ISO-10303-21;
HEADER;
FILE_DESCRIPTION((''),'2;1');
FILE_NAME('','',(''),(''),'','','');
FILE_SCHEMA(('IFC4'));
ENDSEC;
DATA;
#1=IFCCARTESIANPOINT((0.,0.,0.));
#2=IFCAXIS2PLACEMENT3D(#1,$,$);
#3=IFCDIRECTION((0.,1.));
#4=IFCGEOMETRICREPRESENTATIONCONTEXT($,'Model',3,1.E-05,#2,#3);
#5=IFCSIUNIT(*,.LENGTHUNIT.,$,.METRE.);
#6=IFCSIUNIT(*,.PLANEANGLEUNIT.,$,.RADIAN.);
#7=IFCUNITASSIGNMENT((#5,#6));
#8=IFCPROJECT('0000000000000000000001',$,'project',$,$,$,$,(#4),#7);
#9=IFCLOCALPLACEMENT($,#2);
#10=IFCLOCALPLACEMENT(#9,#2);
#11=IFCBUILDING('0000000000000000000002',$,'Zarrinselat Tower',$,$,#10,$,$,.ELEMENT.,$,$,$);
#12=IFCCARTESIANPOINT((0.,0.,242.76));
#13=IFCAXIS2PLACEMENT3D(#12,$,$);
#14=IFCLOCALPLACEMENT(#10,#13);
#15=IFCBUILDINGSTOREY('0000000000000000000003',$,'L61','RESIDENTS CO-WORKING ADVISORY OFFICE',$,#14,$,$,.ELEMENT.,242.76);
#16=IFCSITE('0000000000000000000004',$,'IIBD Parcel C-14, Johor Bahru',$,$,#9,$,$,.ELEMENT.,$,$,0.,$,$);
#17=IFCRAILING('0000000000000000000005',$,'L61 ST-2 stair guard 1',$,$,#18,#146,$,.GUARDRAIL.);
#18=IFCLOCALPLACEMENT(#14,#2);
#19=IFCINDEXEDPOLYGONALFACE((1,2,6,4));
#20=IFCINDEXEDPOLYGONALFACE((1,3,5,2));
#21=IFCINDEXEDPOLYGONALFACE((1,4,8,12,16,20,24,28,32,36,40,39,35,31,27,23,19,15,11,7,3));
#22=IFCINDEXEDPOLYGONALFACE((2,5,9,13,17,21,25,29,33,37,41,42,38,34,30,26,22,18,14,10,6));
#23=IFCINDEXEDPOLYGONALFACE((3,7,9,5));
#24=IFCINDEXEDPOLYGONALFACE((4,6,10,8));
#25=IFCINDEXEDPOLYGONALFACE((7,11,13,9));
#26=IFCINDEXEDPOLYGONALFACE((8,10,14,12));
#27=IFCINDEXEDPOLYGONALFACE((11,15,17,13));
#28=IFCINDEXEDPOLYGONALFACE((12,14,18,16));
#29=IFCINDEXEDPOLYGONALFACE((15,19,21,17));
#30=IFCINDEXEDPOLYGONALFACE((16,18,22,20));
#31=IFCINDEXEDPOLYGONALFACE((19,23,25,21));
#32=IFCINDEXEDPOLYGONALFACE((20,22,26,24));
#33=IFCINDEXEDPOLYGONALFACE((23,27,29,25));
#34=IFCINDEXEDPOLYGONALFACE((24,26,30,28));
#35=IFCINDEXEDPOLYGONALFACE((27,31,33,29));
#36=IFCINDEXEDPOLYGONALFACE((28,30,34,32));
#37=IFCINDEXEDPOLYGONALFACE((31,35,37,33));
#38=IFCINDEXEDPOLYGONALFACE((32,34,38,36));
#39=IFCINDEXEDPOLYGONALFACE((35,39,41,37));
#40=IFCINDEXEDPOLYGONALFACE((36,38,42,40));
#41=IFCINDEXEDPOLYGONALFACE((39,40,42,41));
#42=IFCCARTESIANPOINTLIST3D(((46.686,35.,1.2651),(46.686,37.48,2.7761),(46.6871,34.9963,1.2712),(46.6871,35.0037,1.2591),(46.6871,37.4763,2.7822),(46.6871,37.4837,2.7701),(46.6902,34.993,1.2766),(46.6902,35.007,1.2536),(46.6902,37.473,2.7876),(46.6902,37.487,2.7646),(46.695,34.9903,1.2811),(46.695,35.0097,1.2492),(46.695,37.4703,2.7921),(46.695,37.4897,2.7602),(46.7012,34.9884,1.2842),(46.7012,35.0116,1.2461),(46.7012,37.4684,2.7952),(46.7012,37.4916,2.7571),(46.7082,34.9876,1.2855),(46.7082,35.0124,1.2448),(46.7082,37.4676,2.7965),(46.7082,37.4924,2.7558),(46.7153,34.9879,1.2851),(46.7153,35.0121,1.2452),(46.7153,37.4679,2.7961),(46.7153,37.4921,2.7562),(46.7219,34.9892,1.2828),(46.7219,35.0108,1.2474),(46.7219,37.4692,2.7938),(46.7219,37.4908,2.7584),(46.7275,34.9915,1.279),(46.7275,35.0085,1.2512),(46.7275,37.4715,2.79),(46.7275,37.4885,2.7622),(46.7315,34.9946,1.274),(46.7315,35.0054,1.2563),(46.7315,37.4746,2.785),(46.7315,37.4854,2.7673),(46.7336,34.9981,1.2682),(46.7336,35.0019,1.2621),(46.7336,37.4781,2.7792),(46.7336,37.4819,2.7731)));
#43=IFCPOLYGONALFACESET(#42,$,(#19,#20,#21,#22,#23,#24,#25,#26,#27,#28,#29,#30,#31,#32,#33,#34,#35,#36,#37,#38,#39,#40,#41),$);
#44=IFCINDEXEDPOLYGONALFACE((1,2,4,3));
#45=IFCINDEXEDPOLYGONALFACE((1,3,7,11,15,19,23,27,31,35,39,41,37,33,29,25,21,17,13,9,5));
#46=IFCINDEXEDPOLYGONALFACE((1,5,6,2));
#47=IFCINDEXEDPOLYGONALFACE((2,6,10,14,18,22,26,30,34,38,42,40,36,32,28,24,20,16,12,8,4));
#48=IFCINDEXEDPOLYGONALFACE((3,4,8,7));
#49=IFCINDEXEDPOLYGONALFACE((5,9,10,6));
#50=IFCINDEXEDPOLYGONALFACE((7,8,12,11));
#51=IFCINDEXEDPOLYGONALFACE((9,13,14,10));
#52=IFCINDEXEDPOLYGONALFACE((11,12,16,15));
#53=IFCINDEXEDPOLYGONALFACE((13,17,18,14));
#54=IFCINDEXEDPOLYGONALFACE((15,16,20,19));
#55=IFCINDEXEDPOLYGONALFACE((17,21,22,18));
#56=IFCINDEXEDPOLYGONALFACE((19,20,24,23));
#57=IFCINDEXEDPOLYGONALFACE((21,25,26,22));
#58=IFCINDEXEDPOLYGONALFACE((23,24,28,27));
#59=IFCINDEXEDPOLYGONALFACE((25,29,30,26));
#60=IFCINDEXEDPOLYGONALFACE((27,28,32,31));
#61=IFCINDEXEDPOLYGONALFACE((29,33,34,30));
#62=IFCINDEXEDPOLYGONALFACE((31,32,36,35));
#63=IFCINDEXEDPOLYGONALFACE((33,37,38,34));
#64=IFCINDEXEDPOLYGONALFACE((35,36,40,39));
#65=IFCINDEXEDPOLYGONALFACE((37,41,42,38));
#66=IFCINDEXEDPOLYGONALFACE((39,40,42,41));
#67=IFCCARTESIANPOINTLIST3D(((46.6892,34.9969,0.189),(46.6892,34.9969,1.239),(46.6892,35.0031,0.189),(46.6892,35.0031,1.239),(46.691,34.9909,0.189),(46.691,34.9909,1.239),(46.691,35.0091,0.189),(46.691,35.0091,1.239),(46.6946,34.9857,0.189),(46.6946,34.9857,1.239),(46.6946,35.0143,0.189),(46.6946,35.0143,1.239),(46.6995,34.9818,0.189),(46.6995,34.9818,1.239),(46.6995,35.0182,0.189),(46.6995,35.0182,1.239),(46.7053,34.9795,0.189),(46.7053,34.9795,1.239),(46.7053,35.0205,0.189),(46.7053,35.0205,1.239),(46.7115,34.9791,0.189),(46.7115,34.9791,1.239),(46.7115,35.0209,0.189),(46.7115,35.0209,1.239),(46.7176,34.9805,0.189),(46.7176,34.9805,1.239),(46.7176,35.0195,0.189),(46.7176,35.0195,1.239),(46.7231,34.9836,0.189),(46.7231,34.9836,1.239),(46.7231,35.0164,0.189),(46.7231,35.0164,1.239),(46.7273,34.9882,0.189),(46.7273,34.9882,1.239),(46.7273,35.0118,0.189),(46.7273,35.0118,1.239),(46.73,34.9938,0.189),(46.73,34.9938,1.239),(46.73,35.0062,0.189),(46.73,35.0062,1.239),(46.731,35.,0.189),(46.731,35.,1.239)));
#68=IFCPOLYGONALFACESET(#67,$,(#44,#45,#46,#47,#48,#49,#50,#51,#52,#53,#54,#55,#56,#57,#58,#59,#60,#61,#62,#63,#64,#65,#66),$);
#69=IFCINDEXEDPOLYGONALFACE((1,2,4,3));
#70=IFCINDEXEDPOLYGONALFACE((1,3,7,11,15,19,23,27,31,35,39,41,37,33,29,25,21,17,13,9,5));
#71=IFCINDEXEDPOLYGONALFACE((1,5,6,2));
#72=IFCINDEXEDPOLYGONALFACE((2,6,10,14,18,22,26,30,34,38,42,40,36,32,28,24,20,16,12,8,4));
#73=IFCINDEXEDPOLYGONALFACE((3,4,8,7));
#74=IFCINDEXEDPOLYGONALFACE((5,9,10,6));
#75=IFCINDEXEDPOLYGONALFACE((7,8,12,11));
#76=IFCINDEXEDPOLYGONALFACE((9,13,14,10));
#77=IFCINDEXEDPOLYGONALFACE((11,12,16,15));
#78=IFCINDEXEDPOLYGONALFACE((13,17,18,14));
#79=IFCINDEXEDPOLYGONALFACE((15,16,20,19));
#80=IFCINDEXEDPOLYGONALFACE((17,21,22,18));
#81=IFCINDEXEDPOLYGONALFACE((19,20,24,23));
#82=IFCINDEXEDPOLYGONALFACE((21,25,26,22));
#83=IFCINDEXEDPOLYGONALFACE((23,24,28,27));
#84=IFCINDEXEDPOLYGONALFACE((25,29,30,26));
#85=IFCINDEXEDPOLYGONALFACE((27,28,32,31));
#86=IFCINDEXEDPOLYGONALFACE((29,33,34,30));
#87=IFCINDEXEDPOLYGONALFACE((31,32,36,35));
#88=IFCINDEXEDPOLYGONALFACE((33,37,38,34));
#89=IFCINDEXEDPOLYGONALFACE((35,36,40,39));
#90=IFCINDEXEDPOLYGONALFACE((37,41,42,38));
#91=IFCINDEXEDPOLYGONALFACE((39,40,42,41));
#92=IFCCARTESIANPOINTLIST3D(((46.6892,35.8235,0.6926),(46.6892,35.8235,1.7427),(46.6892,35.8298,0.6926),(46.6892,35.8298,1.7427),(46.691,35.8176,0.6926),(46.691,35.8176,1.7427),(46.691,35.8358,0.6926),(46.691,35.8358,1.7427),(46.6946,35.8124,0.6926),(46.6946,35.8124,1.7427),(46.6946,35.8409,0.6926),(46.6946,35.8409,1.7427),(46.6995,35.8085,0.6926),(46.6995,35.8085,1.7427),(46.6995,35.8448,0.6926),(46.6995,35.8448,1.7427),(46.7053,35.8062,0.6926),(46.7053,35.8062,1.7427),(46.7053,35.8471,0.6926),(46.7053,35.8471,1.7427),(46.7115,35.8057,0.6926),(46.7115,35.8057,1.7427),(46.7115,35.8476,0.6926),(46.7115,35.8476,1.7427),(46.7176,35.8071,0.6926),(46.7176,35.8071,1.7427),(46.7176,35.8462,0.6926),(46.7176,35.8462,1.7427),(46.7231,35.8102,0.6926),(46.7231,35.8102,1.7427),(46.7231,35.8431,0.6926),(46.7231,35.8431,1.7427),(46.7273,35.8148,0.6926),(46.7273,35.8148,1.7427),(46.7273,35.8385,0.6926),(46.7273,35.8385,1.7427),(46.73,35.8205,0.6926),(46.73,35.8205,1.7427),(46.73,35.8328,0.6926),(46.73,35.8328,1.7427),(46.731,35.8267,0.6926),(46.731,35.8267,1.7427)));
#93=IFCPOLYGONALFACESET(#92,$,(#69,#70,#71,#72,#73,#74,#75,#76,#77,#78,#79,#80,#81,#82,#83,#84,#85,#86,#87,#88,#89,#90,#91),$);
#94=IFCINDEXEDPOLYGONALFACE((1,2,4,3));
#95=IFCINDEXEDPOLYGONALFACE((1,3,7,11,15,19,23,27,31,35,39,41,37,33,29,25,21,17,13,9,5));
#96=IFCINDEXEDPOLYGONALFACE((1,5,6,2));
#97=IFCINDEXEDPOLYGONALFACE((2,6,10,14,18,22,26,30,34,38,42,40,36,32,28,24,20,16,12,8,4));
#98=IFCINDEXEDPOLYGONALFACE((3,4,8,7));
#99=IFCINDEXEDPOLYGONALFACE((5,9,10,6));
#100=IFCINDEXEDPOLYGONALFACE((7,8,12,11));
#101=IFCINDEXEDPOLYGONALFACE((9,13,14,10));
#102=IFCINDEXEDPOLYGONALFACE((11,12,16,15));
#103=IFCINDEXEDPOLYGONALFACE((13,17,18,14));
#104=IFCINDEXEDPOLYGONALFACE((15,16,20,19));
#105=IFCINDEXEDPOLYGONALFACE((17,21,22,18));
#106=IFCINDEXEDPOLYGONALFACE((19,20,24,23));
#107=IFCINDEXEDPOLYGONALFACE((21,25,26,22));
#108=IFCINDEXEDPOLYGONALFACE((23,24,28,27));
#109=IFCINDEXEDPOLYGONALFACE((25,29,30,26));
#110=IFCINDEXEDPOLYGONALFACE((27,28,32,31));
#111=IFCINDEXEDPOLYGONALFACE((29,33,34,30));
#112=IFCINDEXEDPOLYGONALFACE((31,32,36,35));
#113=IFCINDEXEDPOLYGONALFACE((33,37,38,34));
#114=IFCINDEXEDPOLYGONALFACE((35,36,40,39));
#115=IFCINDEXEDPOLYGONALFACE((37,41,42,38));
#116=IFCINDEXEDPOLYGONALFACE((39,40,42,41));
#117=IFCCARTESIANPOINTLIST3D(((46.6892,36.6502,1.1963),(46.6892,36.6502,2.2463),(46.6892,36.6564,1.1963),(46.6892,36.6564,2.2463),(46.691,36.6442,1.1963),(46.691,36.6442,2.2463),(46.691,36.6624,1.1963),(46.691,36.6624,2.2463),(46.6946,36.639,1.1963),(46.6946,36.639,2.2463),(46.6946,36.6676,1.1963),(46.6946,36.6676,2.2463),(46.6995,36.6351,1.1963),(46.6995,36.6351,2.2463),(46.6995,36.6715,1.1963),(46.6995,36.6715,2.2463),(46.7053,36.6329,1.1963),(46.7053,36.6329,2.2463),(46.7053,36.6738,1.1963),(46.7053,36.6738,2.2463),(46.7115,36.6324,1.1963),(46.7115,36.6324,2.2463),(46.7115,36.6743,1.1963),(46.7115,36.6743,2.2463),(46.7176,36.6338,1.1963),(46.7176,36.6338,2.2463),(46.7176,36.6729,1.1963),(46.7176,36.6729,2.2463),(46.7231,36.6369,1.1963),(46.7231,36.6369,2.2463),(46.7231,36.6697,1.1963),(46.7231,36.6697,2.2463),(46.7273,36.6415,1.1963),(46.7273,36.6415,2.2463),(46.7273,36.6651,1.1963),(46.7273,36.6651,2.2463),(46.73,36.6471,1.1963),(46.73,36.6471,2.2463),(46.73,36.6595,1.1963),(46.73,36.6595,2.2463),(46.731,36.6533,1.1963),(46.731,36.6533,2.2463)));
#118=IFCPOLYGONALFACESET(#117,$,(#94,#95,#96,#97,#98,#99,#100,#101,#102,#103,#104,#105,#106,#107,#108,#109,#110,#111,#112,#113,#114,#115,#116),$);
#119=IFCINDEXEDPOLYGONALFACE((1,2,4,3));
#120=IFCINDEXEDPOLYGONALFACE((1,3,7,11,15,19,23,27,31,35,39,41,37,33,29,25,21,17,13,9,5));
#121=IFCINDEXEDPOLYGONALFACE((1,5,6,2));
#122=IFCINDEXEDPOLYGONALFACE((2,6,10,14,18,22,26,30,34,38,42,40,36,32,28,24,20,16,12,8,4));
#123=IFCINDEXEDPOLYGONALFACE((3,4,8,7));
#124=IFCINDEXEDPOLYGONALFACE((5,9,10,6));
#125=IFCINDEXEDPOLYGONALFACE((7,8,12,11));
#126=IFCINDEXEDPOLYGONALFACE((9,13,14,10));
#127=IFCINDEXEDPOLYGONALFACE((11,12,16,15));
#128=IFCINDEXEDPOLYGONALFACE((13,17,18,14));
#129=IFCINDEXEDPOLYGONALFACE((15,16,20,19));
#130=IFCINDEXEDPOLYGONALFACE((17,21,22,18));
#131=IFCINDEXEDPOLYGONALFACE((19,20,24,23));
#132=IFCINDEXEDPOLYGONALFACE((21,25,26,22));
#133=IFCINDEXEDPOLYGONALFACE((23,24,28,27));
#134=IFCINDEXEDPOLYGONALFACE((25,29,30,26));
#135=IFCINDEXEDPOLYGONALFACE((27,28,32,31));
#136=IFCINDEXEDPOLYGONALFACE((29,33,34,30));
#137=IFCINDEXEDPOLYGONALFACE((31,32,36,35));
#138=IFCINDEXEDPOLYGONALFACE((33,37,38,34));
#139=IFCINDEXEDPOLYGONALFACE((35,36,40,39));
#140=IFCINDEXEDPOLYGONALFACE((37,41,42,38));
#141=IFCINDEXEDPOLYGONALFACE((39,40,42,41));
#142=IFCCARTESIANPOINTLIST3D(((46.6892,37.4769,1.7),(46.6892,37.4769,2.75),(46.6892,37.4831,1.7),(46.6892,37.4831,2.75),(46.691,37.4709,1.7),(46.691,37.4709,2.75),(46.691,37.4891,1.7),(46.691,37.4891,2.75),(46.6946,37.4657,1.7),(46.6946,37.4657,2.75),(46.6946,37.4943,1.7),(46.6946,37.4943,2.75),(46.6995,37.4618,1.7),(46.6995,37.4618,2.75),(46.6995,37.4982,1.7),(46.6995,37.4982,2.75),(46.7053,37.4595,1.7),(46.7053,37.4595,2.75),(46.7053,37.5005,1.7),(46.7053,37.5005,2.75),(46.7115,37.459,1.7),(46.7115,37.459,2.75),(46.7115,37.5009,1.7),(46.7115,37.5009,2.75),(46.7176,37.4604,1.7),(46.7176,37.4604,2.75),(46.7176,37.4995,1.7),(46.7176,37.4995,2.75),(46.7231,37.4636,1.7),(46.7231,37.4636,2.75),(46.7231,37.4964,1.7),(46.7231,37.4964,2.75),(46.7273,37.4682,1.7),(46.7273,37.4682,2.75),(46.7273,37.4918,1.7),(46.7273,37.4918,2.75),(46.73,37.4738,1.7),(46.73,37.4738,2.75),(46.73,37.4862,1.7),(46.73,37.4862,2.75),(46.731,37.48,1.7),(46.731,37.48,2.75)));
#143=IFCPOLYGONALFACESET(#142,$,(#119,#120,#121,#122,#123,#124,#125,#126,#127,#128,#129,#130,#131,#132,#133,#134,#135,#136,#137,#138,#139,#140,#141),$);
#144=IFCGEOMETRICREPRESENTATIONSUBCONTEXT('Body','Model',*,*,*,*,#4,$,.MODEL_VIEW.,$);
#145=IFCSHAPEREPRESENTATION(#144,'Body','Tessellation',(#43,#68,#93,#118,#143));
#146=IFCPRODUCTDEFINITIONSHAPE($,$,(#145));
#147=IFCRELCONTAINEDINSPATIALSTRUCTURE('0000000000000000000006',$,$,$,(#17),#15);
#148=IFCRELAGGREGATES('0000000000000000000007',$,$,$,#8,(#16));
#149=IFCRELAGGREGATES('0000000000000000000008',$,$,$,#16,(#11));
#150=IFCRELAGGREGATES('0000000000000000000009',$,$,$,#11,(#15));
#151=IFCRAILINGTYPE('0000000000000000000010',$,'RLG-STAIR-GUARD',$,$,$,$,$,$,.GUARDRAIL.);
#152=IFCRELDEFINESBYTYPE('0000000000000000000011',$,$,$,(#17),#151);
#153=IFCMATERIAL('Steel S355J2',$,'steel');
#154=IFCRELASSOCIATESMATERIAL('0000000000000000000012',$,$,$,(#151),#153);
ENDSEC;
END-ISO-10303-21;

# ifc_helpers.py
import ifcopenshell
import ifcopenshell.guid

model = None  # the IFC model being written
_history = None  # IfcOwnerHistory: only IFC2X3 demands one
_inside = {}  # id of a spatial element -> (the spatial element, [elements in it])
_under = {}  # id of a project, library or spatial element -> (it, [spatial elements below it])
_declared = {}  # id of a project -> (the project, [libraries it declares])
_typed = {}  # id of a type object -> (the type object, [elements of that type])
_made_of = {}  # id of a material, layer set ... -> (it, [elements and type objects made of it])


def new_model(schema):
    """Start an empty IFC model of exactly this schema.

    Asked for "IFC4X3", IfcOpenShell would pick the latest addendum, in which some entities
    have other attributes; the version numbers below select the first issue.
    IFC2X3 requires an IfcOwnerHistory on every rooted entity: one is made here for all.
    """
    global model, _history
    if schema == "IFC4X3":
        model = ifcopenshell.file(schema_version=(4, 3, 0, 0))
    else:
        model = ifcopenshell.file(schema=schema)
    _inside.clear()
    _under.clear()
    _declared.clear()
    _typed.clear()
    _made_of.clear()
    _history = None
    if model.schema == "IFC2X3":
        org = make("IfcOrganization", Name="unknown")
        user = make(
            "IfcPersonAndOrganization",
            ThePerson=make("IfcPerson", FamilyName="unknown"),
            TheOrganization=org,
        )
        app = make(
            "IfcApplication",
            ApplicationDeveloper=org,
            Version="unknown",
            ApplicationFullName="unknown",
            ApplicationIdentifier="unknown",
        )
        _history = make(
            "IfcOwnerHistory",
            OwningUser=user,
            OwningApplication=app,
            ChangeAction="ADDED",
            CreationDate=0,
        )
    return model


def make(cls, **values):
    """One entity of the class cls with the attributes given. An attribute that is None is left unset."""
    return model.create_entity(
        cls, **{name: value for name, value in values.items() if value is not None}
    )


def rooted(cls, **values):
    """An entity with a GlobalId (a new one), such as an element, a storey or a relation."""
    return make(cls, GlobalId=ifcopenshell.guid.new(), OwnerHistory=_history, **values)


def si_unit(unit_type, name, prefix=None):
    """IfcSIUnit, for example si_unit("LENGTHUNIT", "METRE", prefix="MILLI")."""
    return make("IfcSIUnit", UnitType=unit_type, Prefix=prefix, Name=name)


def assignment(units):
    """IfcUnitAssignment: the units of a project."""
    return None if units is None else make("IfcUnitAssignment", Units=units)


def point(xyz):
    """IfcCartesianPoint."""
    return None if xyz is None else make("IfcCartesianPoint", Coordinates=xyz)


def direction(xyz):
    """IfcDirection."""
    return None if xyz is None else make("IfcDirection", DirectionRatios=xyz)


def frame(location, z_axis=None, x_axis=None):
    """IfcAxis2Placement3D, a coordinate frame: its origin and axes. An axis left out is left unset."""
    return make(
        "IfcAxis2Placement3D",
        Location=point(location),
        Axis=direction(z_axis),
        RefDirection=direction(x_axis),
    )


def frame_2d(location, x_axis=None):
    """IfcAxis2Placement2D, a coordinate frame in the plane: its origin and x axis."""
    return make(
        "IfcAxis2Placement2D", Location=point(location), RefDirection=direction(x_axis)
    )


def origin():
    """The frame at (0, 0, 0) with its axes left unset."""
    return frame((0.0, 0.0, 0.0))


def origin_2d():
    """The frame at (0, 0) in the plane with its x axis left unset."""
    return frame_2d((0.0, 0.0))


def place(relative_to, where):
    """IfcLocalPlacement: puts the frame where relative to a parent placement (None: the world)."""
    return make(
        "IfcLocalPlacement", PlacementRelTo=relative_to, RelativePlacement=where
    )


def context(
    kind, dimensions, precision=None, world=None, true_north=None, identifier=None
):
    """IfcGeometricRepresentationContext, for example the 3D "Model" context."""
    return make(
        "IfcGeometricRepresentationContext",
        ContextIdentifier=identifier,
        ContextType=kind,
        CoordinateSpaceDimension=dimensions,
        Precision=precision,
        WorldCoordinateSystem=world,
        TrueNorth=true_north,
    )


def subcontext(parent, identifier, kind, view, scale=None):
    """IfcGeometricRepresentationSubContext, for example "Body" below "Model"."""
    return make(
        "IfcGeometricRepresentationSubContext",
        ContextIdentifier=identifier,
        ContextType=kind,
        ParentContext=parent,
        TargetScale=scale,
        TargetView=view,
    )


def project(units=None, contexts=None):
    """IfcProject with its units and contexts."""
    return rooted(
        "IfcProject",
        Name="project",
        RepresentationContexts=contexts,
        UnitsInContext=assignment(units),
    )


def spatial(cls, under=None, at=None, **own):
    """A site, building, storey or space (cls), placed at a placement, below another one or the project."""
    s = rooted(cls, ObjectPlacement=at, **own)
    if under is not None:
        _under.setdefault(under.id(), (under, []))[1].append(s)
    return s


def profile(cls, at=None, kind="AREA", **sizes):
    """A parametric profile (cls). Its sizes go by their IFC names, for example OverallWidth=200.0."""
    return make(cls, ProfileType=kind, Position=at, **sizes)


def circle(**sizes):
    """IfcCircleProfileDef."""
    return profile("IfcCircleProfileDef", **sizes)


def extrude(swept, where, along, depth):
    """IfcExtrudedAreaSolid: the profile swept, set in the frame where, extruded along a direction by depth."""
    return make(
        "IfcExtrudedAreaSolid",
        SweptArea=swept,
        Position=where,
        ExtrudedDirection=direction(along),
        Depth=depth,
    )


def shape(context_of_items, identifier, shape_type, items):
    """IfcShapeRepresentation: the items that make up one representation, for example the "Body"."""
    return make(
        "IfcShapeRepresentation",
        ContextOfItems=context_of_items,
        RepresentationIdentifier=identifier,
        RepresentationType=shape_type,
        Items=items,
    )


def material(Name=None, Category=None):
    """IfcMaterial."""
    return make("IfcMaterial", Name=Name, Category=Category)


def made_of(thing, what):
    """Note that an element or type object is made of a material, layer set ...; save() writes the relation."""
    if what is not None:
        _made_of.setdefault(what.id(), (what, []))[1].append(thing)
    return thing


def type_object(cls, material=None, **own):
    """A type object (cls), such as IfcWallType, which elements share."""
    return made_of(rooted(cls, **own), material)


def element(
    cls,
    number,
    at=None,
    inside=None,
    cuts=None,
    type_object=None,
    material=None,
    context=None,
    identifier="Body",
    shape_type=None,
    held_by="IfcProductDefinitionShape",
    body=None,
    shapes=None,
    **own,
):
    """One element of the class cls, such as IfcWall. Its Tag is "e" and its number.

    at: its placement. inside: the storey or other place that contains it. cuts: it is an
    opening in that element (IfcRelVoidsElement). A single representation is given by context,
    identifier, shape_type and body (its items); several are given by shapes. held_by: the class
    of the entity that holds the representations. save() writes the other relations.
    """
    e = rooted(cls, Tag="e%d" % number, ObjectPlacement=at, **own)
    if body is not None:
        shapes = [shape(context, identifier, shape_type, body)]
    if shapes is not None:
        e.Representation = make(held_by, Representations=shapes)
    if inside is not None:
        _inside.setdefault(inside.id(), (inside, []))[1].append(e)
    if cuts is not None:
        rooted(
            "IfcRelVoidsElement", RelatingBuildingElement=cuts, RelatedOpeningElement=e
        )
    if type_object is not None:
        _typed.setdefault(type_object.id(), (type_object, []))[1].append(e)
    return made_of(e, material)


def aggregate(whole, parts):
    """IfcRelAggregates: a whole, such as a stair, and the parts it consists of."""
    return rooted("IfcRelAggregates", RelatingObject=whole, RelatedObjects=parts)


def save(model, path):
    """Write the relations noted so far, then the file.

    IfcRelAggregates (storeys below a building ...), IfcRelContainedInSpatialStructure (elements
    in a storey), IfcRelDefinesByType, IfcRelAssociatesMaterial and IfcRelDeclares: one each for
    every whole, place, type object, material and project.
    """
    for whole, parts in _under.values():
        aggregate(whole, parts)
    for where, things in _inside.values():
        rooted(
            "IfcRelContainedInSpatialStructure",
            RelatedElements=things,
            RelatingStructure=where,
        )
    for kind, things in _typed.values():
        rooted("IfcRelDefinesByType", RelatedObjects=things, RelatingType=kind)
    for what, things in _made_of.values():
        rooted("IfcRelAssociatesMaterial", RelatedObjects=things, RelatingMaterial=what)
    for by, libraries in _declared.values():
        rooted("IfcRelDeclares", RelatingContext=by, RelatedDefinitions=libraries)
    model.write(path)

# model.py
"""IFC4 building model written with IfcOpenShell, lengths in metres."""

from ifc_helpers import new_model, si_unit, direction, frame, origin, origin_2d, place, context, subcontext, project, spatial, circle, extrude, material, type_object, element, save


model = new_model("IFC4")

# Units and contexts
model_context = context("Model", 3, precision=1e-05, world=origin(), true_north=direction((0.0, 1.0)))
body_context = subcontext(model_context, "Body", "Model", "MODEL_VIEW")
ifc_project = project(units=[si_unit("LENGTHUNIT", "METRE"), si_unit("PLANEANGLEUNIT", "RADIAN")], contexts=[model_context])

# Site, building, storey
site_placement = place(None, origin())
site = spatial("IfcSite", under=ifc_project, at=site_placement, Name="IIBD Parcel C-14, Johor Bahru", CompositionType="ELEMENT", RefElevation=0.0)
building_placement = place(site_placement, origin())
building = spatial("IfcBuilding", under=site, at=building_placement, Name="Zarrinselat Tower", CompositionType="ELEMENT")
storey_placement = place(building_placement, frame((0.0, 0.0, 242.76)))
storey = spatial("IfcBuildingStorey", under=building, at=storey_placement, Name="L61", Description="RESIDENTS CO-WORKING ADVISORY OFFICE", CompositionType="ELEMENT", Elevation=242.76)

# Railing
ifc_material_1 = material(Name="Steel S355J2", Category="steel")
railing_type_1 = type_object("IfcRailingType", Name="RLG-STAIR-GUARD", PredefinedType="GUARDRAIL", material=ifc_material_1)
railing_1_placement = place(storey_placement, frame((46.71, 35.0, 0.189)))
element("IfcRailing", 1, at=railing_1_placement, inside=storey, type_object=railing_type_1, Name="L61 ST-2 stair guard 1", PredefinedType="GUARDRAIL", context=body_context, shape_type="SweptSolid", body=[
    extrude(circle(Radius=0.0239, at=origin_2d()), frame((0.0, 0.0, 1.0762), z_axis=(0.0, 0.853979, 0.520307), x_axis=(-1.0, 0.0, 0.0)), (0.0, 0.0, 1.0), 2.9041),
    extrude(circle(Radius=0.021, at=origin_2d()), origin(), (0.0, 0.0, 1.0), 1.05),
    extrude(circle(Radius=0.021, at=origin_2d()), frame((0.0, 0.8267, 0.5037)), (0.0, 0.0, 1.0), 1.05),
    extrude(circle(Radius=0.021, at=origin_2d()), frame((0.0, 1.6533, 1.0073)), (0.0, 0.0, 1.0), 1.05),
    extrude(circle(Radius=0.021, at=origin_2d()), frame((0.0, 2.48, 1.511)), (0.0, 0.0, 1.0), 1.05),
])

save(model, "model.ifc")
